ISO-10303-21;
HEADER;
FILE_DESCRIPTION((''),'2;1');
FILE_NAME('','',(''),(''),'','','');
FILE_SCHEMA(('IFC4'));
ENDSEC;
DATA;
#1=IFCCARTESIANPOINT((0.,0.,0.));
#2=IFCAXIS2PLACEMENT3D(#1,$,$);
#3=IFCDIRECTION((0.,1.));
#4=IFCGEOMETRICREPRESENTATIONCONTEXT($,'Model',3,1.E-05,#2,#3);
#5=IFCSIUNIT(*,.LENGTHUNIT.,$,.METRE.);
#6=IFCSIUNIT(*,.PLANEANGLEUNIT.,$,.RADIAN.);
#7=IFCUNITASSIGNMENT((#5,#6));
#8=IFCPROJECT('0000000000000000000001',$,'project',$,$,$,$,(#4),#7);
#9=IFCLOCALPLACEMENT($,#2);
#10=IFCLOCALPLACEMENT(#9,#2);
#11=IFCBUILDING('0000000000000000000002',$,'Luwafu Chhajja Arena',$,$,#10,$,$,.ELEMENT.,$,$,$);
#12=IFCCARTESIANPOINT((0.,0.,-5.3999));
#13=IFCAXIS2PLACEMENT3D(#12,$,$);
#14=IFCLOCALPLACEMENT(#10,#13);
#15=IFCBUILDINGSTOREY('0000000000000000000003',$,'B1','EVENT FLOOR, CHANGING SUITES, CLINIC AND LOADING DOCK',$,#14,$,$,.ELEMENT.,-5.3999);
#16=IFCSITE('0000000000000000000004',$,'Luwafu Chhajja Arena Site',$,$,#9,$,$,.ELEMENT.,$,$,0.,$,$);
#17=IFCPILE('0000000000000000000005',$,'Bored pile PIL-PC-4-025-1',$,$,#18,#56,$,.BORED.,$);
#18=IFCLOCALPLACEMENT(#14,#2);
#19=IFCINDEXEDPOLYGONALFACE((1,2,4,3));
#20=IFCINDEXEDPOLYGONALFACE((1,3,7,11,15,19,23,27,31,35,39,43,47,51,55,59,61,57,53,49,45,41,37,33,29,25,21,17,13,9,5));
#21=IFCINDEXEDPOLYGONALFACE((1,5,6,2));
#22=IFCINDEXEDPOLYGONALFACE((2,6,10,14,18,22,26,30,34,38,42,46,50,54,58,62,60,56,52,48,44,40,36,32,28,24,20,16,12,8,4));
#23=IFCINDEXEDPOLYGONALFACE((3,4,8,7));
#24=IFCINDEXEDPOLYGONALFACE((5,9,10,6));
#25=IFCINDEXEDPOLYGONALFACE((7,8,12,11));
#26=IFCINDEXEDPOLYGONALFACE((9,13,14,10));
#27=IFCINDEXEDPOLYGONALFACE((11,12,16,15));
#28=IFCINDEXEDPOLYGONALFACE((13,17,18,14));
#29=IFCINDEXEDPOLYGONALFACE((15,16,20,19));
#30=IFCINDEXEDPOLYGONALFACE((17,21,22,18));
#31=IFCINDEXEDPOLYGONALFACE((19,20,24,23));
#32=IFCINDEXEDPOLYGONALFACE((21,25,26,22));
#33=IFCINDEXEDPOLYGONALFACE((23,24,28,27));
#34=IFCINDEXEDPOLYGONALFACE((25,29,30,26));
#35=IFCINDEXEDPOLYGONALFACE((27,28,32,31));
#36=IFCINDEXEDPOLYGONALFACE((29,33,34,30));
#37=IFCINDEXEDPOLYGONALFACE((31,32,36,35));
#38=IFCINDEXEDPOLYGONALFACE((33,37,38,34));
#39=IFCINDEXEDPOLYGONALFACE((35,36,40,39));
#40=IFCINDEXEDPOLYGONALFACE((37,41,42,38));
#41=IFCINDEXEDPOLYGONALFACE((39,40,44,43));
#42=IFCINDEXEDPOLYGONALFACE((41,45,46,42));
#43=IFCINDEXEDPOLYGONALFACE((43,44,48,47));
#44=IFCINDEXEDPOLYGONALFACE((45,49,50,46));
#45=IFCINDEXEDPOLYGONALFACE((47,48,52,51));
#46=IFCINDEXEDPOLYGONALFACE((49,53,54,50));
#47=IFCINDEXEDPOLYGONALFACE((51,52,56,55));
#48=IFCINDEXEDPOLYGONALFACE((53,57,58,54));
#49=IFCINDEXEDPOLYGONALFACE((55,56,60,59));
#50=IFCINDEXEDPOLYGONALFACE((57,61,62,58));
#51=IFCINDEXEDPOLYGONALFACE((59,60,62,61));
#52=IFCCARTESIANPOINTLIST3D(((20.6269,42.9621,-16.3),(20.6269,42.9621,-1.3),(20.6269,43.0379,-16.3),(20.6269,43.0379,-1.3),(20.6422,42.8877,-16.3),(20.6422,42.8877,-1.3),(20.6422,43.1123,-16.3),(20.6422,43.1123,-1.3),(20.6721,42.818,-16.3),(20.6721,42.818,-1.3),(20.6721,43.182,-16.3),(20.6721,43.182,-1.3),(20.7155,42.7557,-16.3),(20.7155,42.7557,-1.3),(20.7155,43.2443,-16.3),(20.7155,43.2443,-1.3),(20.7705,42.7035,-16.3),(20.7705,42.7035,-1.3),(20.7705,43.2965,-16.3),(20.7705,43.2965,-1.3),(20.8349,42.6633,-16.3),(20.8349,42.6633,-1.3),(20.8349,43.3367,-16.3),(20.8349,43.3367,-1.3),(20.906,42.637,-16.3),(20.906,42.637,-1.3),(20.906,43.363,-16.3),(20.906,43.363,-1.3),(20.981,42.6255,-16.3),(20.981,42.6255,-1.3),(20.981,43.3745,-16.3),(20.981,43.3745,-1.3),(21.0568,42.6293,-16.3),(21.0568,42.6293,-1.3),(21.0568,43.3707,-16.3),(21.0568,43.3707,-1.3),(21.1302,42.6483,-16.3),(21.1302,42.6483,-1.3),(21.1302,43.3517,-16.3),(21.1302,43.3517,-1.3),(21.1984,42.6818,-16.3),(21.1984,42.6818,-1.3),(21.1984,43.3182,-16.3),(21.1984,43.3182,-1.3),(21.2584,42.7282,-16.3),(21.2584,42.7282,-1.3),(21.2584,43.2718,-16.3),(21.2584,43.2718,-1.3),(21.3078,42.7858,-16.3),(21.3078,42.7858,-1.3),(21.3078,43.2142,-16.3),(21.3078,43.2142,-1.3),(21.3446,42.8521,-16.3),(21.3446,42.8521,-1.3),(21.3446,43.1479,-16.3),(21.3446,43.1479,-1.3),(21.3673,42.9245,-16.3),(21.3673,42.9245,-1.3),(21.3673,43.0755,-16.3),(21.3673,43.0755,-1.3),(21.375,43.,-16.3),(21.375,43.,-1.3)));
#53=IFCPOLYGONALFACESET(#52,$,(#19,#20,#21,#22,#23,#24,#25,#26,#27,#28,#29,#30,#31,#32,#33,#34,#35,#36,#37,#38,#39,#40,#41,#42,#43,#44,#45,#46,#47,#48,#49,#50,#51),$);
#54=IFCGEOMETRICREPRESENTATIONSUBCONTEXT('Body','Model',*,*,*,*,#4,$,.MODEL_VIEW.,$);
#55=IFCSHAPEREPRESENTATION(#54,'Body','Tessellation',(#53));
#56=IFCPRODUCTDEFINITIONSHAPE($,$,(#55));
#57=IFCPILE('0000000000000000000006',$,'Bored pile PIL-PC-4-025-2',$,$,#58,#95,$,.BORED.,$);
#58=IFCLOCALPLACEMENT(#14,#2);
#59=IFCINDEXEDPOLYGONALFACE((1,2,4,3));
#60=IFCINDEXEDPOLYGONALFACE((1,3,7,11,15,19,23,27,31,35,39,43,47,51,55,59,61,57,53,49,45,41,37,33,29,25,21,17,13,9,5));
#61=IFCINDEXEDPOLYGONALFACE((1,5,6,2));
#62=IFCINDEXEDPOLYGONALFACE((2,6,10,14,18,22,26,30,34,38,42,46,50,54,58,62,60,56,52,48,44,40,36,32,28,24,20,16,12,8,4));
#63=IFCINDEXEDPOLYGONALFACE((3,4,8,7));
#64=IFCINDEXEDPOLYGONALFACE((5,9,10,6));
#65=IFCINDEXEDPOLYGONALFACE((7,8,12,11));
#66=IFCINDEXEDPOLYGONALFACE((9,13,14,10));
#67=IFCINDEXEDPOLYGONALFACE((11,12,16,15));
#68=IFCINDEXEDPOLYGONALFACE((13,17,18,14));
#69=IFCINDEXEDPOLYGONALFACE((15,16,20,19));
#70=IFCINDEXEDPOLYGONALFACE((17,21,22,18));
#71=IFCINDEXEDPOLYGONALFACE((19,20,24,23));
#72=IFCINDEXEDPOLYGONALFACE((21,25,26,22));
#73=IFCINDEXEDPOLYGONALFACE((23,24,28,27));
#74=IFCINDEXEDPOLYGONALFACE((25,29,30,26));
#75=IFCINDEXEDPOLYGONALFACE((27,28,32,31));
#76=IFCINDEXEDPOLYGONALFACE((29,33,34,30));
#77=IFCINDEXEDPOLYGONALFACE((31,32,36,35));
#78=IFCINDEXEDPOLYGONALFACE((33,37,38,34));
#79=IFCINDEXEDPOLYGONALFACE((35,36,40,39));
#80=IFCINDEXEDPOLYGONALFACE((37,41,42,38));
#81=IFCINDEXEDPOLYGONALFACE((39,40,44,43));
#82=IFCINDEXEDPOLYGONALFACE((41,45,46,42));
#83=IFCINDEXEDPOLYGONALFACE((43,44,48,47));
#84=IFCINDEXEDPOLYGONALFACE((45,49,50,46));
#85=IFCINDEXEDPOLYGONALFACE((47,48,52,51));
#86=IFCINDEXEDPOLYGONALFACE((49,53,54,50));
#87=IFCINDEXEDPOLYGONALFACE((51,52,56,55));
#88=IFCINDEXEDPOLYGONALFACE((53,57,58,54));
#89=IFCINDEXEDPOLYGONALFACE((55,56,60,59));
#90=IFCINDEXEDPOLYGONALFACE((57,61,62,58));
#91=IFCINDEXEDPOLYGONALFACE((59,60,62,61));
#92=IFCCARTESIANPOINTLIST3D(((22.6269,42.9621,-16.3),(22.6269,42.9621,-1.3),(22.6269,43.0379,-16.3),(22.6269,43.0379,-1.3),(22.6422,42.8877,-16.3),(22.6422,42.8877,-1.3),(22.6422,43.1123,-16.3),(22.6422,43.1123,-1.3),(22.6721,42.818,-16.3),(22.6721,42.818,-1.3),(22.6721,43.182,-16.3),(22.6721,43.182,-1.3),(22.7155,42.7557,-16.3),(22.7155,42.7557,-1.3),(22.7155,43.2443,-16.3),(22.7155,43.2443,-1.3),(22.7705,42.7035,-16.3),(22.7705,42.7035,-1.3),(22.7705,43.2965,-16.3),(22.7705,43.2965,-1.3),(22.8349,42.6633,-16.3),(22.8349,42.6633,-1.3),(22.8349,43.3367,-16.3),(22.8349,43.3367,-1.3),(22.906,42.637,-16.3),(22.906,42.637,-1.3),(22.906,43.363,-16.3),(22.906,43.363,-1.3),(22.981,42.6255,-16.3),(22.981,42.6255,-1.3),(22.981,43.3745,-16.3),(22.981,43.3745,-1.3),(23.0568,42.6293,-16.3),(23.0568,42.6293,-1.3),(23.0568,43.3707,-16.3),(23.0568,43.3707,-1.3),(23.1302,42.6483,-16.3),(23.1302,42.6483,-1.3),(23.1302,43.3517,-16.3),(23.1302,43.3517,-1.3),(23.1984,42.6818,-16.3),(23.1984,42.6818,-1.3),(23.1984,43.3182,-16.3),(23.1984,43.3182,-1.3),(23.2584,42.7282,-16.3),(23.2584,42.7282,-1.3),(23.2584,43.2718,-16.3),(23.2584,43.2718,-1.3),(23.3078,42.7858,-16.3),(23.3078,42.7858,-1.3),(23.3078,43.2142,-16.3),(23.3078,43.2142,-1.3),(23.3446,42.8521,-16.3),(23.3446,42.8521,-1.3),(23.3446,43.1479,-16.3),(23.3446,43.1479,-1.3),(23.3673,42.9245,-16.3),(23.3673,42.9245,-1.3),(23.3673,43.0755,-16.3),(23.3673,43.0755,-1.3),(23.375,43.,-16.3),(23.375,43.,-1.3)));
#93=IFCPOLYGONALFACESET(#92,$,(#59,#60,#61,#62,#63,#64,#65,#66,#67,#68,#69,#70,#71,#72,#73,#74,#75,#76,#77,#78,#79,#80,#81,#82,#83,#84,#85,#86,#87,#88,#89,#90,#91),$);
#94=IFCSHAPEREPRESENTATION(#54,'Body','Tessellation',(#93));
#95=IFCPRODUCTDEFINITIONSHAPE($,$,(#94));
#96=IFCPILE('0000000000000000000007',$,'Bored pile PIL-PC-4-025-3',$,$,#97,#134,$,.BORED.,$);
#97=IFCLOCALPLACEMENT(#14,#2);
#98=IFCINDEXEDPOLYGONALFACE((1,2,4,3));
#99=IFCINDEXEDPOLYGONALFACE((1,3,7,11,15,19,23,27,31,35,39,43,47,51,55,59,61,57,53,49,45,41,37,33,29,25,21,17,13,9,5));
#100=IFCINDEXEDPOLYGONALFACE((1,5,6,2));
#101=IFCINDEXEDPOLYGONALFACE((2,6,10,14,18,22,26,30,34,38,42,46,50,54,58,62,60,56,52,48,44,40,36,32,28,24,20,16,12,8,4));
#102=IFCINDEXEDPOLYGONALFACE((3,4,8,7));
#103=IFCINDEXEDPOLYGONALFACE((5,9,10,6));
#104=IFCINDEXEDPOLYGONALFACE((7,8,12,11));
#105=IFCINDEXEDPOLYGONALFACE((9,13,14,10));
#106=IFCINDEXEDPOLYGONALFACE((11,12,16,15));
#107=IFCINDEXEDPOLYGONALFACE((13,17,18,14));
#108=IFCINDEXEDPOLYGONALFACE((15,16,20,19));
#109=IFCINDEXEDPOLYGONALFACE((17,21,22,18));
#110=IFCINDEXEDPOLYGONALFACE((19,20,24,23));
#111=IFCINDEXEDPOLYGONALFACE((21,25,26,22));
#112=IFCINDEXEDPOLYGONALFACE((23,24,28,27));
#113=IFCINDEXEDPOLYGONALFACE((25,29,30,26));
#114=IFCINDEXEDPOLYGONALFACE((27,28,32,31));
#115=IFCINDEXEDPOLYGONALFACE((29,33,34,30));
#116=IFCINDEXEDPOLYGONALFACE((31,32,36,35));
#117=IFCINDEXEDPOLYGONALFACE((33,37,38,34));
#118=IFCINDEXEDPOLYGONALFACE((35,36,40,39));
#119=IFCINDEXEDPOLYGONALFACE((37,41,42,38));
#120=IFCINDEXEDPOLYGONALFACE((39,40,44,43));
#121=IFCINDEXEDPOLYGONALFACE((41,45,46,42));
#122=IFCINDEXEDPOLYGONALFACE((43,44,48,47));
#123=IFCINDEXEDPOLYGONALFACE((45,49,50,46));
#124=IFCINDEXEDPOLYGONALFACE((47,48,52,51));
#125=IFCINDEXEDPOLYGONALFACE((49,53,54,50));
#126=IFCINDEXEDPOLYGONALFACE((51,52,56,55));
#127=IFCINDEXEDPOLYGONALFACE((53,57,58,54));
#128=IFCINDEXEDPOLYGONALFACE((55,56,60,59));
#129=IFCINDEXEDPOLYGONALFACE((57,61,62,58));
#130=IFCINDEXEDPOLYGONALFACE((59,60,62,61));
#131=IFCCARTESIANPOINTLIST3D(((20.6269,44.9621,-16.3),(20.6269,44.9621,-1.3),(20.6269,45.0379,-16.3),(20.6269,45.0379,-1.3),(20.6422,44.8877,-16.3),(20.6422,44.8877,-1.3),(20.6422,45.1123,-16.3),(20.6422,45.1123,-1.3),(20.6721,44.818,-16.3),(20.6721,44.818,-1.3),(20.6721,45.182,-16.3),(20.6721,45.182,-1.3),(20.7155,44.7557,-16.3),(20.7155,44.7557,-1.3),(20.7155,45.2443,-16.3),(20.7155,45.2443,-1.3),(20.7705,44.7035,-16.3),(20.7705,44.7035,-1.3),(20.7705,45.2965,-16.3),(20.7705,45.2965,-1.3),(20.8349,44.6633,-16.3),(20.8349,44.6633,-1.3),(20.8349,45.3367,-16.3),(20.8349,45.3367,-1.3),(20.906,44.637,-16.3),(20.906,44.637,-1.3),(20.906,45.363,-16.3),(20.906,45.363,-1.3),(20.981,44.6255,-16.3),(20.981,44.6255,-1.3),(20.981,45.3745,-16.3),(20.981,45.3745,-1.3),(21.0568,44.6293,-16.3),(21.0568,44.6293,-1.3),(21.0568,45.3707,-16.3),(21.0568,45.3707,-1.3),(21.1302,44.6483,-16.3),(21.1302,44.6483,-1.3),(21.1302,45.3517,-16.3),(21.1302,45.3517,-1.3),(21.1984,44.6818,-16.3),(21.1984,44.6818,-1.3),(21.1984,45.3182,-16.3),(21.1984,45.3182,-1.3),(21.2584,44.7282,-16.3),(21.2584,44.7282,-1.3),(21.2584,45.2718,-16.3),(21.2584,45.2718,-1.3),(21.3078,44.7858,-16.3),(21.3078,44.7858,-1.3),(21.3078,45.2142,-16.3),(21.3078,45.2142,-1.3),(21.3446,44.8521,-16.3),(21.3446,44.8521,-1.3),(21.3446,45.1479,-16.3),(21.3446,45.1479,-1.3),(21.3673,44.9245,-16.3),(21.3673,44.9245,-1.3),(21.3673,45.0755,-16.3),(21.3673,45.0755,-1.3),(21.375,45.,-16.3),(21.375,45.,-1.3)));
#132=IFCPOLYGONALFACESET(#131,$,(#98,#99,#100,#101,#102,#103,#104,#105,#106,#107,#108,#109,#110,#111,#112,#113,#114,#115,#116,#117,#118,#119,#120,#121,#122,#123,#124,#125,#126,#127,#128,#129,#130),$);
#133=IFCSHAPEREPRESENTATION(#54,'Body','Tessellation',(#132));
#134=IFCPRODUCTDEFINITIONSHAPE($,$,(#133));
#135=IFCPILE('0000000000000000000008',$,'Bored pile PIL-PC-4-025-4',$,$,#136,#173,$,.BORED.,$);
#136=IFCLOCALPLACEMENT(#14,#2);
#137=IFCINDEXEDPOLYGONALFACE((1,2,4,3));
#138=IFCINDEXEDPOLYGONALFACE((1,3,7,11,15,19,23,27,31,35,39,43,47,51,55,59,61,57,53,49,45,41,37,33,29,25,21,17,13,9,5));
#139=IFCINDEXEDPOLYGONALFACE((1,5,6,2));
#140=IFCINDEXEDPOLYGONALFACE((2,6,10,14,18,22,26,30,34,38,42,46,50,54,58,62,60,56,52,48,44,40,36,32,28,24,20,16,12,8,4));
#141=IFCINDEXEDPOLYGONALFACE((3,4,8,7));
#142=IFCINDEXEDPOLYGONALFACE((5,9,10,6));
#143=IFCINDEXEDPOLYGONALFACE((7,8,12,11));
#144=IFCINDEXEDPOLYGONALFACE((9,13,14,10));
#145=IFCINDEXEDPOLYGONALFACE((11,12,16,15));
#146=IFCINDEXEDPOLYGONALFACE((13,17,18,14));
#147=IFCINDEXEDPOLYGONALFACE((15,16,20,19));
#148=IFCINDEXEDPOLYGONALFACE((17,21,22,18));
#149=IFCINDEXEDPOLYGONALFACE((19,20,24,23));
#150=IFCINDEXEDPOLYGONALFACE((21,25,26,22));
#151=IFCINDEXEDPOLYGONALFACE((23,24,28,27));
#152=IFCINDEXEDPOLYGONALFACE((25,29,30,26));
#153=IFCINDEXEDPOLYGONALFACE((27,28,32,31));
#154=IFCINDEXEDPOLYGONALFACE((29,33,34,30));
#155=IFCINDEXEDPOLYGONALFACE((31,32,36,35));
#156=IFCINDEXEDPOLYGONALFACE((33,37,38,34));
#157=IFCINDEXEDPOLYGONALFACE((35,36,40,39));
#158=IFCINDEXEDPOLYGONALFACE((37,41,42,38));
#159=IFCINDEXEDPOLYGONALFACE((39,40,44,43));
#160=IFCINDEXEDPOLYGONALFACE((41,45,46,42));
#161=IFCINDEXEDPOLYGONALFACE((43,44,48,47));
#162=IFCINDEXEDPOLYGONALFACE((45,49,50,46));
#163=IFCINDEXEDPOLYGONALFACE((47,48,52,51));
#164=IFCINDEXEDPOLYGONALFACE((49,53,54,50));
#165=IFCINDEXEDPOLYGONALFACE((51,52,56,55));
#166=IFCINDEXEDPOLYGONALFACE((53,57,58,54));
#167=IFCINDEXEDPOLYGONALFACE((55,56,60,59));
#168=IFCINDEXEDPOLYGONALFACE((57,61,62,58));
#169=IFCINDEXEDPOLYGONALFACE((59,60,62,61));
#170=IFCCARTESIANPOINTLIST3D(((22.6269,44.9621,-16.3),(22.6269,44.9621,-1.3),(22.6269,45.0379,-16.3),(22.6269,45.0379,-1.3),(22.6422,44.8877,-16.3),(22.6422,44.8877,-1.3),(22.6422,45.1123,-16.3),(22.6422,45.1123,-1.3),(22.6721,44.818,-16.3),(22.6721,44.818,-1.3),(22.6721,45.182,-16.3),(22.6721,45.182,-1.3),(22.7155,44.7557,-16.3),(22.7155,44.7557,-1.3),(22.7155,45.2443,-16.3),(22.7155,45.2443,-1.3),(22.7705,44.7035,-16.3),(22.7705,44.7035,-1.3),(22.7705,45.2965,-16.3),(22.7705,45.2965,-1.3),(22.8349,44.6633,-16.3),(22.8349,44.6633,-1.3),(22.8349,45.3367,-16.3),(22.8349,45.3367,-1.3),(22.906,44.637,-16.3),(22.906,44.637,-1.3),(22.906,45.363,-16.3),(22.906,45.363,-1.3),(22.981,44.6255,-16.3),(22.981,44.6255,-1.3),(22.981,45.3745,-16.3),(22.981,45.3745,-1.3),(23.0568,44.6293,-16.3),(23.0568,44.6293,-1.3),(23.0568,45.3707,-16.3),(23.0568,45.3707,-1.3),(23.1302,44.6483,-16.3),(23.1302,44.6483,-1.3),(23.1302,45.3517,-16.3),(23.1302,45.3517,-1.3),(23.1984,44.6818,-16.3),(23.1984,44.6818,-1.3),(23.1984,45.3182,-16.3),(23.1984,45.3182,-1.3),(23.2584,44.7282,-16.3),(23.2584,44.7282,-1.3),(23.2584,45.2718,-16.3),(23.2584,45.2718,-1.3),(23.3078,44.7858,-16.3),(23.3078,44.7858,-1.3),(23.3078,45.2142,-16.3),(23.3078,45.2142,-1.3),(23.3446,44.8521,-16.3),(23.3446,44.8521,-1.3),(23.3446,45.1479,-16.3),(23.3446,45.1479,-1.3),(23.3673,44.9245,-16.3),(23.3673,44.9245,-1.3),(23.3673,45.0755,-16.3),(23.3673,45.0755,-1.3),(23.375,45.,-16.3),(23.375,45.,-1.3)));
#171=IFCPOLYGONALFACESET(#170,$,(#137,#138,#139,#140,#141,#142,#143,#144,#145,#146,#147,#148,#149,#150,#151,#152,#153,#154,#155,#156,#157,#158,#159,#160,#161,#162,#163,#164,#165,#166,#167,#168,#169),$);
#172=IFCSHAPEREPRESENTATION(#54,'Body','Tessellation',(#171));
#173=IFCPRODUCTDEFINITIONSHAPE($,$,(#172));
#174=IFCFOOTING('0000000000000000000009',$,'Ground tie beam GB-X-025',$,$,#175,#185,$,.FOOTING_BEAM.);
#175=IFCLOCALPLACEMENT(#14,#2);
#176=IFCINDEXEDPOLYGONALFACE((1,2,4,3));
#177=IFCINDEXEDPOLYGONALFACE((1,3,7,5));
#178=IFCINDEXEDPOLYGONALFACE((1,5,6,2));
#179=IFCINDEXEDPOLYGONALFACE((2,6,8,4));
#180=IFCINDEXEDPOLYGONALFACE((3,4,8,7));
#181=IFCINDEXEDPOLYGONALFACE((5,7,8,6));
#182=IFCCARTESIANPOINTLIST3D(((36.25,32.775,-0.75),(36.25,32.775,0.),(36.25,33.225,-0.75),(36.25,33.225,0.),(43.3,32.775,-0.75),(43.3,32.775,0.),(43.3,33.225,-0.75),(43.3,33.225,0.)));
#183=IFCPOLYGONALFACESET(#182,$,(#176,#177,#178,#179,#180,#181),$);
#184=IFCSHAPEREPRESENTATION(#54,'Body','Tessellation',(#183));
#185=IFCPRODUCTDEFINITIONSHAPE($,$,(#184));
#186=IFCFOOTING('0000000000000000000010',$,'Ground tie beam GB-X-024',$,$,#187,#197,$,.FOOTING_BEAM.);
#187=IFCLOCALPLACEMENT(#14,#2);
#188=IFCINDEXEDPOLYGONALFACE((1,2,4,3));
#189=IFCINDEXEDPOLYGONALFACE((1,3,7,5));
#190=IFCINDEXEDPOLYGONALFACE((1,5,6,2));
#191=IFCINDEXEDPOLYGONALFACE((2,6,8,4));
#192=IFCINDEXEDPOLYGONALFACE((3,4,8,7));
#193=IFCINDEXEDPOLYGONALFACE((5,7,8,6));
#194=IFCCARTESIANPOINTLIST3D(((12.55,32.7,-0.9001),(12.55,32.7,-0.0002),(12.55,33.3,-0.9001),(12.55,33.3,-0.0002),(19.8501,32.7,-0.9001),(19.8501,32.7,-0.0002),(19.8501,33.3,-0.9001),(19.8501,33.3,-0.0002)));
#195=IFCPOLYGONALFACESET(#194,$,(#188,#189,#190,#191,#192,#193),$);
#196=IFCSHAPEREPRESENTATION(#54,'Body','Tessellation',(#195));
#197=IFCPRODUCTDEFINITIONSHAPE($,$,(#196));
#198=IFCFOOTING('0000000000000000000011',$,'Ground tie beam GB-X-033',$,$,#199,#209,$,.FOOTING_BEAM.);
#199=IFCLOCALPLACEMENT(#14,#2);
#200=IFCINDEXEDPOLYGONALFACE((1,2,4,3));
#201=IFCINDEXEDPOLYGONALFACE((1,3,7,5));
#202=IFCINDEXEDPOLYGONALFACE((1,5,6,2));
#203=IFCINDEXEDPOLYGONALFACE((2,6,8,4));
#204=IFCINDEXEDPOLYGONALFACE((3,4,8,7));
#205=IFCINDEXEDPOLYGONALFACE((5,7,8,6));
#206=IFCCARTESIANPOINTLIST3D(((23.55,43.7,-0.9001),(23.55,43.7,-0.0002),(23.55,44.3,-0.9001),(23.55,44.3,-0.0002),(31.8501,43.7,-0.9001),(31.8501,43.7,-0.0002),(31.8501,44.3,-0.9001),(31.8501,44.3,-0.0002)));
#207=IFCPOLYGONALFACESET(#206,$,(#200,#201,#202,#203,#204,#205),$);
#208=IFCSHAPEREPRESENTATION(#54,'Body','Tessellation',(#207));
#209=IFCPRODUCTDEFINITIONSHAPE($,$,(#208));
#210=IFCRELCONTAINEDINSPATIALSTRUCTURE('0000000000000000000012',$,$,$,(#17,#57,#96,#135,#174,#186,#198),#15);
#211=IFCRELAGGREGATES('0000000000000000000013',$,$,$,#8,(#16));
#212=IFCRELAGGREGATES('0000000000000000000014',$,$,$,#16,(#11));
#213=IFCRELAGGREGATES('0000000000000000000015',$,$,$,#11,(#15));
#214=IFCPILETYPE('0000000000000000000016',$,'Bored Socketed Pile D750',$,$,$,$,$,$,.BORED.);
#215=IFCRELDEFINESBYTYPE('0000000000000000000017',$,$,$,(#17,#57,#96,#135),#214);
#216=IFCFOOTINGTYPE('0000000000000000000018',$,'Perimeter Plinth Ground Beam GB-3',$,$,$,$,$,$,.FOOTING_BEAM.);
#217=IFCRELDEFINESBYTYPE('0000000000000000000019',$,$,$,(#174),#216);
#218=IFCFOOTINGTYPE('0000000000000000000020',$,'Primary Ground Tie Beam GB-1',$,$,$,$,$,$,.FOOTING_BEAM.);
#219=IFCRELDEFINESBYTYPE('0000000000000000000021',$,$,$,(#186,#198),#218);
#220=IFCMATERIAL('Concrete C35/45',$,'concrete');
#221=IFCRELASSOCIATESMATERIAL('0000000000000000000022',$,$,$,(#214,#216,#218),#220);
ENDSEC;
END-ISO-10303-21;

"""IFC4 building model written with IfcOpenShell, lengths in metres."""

from ifc_helpers import new_model, si_unit, direction, frame, origin, origin_2d, place, context, subcontext, project, spatial, rectangle, circle, extrude, material, material_profile, profile_set, type_object, element, save


model = new_model("IFC4")

# Units and contexts
model_context = context("Model", 3, precision=1e-05, world=origin(), true_north=direction((0.0, 1.0)))
body_context = subcontext(model_context, "Body", "Model", "MODEL_VIEW")
ifc_project = project(units=[si_unit("LENGTHUNIT", "METRE"), si_unit("PLANEANGLEUNIT", "RADIAN")], contexts=[model_context])

# Site, building, storey
site_placement = place(None, origin())
site = spatial("IfcSite", under=ifc_project, at=site_placement, Name="Luwafu Chhajja Arena Site", CompositionType="ELEMENT", RefElevation=0.0)
building_placement = place(site_placement, origin())
building = spatial("IfcBuilding", under=site, at=building_placement, Name="Luwafu Chhajja Arena", CompositionType="ELEMENT")
storey_placement = place(building_placement, frame((0.0, 0.0, -5.3999)))
storey = spatial("IfcBuildingStorey", under=building, at=storey_placement, Name="B1", Description="EVENT FLOOR, CHANGING SUITES, CLINIC AND LOADING DOCK", CompositionType="ELEMENT", Elevation=-5.3999)

# Piles
ifc_material_1 = material(Name="Concrete C35/45", Category="concrete")
ifc_material_profile_1 = material_profile(ifc_material_1, circle(Radius=0.375, at=origin_2d()), Name="PILE D750")
ifc_profile_set_1 = profile_set([ifc_material_profile_1], Name="Concrete C35/45")
pile_type_1 = type_object("IfcPileType", Name="Bored Socketed Pile D750", PredefinedType="BORED", material=ifc_profile_set_1)
for number, where, z_axis, x_axis, name in (
    (1, (21.0, 43.0, -1.3), (0.0, 0.0, -1.0), (1.0, 0.0, 0.0), "Bored pile PIL-PC-4-025-1"),
    (2, (23.0, 43.0, -1.3), (0.0, 0.0, -1.0), (1.0, 0.0, 0.0), "Bored pile PIL-PC-4-025-2"),
    (3, (21.0, 45.0, -1.3), (0.0, 0.0, -1.0), (1.0, 0.0, 0.0), "Bored pile PIL-PC-4-025-3"),
    (4, (23.0, 45.0, -1.3), (0.0, 0.0, -1.0), (1.0, 0.0, 0.0), "Bored pile PIL-PC-4-025-4"),
):
    element("IfcPile", number, at=place(storey_placement, frame(where, z_axis=z_axis, x_axis=x_axis)), inside=storey, type_object=pile_type_1, Name=name, PredefinedType="BORED", context=body_context, shape_type="SweptSolid", body=[
        extrude(circle(Radius=0.375, at=origin_2d()), origin(), (0.0, 0.0, 1.0), 15.0),
    ])

# Footings
ifc_material_profile_2 = material_profile(ifc_material_1, rectangle(XDim=0.45, YDim=0.75, at=origin_2d()), Name="RC 450x750")
ifc_profile_set_2 = profile_set([ifc_material_profile_2], Name="Concrete C35/45")
footing_type_1 = type_object("IfcFootingType", Name="Perimeter Plinth Ground Beam GB-3", PredefinedType="FOOTING_BEAM", material=ifc_profile_set_2)
footing_1_placement = place(storey_placement, frame((36.25, 33.0, -0.375), z_axis=(1.0, 0.0, 0.0), x_axis=(0.0, 1.0, 0.0)))
element("IfcFooting", 5, at=footing_1_placement, inside=storey, type_object=footing_type_1, Name="Ground tie beam GB-X-025", PredefinedType="FOOTING_BEAM", context=body_context, shape_type="SweptSolid", body=[
    extrude(rectangle(XDim=0.45, YDim=0.75, at=origin_2d()), origin(), (0.0, 0.0, 1.0), 7.05),
])
ifc_material_profile_3 = material_profile(ifc_material_1, rectangle(XDim=0.6001, YDim=0.8999, at=origin_2d()), Name="RC 600x900")
ifc_profile_set_3 = profile_set([ifc_material_profile_3], Name="Concrete C35/45")
footing_type_2 = type_object("IfcFootingType", Name="Primary Ground Tie Beam GB-1", PredefinedType="FOOTING_BEAM", material=ifc_profile_set_3)
footing_2_placement = place(storey_placement, frame((12.55, 33.0, -0.4502), z_axis=(1.0, 0.0, 0.0), x_axis=(0.0, 1.0, 0.0)))
element("IfcFooting", 6, at=footing_2_placement, inside=storey, type_object=footing_type_2, Name="Ground tie beam GB-X-024", PredefinedType="FOOTING_BEAM", context=body_context, shape_type="SweptSolid", body=[
    extrude(rectangle(XDim=0.6001, YDim=0.8999, at=origin_2d()), origin(), (0.0, 0.0, 1.0), 7.3),
])
footing_3_placement = place(storey_placement, frame((23.55, 44.0, -0.4502), z_axis=(1.0, 0.0, 0.0), x_axis=(0.0, 1.0, 0.0)))
element("IfcFooting", 7, at=footing_3_placement, inside=storey, type_object=footing_type_2, Name="Ground tie beam GB-X-033", PredefinedType="FOOTING_BEAM", context=body_context, shape_type="SweptSolid", body=[
    extrude(rectangle(XDim=0.6001, YDim=0.8999, at=origin_2d()), origin(), (0.0, 0.0, 1.0), 8.3),
])

save(model, "model.ifc")
